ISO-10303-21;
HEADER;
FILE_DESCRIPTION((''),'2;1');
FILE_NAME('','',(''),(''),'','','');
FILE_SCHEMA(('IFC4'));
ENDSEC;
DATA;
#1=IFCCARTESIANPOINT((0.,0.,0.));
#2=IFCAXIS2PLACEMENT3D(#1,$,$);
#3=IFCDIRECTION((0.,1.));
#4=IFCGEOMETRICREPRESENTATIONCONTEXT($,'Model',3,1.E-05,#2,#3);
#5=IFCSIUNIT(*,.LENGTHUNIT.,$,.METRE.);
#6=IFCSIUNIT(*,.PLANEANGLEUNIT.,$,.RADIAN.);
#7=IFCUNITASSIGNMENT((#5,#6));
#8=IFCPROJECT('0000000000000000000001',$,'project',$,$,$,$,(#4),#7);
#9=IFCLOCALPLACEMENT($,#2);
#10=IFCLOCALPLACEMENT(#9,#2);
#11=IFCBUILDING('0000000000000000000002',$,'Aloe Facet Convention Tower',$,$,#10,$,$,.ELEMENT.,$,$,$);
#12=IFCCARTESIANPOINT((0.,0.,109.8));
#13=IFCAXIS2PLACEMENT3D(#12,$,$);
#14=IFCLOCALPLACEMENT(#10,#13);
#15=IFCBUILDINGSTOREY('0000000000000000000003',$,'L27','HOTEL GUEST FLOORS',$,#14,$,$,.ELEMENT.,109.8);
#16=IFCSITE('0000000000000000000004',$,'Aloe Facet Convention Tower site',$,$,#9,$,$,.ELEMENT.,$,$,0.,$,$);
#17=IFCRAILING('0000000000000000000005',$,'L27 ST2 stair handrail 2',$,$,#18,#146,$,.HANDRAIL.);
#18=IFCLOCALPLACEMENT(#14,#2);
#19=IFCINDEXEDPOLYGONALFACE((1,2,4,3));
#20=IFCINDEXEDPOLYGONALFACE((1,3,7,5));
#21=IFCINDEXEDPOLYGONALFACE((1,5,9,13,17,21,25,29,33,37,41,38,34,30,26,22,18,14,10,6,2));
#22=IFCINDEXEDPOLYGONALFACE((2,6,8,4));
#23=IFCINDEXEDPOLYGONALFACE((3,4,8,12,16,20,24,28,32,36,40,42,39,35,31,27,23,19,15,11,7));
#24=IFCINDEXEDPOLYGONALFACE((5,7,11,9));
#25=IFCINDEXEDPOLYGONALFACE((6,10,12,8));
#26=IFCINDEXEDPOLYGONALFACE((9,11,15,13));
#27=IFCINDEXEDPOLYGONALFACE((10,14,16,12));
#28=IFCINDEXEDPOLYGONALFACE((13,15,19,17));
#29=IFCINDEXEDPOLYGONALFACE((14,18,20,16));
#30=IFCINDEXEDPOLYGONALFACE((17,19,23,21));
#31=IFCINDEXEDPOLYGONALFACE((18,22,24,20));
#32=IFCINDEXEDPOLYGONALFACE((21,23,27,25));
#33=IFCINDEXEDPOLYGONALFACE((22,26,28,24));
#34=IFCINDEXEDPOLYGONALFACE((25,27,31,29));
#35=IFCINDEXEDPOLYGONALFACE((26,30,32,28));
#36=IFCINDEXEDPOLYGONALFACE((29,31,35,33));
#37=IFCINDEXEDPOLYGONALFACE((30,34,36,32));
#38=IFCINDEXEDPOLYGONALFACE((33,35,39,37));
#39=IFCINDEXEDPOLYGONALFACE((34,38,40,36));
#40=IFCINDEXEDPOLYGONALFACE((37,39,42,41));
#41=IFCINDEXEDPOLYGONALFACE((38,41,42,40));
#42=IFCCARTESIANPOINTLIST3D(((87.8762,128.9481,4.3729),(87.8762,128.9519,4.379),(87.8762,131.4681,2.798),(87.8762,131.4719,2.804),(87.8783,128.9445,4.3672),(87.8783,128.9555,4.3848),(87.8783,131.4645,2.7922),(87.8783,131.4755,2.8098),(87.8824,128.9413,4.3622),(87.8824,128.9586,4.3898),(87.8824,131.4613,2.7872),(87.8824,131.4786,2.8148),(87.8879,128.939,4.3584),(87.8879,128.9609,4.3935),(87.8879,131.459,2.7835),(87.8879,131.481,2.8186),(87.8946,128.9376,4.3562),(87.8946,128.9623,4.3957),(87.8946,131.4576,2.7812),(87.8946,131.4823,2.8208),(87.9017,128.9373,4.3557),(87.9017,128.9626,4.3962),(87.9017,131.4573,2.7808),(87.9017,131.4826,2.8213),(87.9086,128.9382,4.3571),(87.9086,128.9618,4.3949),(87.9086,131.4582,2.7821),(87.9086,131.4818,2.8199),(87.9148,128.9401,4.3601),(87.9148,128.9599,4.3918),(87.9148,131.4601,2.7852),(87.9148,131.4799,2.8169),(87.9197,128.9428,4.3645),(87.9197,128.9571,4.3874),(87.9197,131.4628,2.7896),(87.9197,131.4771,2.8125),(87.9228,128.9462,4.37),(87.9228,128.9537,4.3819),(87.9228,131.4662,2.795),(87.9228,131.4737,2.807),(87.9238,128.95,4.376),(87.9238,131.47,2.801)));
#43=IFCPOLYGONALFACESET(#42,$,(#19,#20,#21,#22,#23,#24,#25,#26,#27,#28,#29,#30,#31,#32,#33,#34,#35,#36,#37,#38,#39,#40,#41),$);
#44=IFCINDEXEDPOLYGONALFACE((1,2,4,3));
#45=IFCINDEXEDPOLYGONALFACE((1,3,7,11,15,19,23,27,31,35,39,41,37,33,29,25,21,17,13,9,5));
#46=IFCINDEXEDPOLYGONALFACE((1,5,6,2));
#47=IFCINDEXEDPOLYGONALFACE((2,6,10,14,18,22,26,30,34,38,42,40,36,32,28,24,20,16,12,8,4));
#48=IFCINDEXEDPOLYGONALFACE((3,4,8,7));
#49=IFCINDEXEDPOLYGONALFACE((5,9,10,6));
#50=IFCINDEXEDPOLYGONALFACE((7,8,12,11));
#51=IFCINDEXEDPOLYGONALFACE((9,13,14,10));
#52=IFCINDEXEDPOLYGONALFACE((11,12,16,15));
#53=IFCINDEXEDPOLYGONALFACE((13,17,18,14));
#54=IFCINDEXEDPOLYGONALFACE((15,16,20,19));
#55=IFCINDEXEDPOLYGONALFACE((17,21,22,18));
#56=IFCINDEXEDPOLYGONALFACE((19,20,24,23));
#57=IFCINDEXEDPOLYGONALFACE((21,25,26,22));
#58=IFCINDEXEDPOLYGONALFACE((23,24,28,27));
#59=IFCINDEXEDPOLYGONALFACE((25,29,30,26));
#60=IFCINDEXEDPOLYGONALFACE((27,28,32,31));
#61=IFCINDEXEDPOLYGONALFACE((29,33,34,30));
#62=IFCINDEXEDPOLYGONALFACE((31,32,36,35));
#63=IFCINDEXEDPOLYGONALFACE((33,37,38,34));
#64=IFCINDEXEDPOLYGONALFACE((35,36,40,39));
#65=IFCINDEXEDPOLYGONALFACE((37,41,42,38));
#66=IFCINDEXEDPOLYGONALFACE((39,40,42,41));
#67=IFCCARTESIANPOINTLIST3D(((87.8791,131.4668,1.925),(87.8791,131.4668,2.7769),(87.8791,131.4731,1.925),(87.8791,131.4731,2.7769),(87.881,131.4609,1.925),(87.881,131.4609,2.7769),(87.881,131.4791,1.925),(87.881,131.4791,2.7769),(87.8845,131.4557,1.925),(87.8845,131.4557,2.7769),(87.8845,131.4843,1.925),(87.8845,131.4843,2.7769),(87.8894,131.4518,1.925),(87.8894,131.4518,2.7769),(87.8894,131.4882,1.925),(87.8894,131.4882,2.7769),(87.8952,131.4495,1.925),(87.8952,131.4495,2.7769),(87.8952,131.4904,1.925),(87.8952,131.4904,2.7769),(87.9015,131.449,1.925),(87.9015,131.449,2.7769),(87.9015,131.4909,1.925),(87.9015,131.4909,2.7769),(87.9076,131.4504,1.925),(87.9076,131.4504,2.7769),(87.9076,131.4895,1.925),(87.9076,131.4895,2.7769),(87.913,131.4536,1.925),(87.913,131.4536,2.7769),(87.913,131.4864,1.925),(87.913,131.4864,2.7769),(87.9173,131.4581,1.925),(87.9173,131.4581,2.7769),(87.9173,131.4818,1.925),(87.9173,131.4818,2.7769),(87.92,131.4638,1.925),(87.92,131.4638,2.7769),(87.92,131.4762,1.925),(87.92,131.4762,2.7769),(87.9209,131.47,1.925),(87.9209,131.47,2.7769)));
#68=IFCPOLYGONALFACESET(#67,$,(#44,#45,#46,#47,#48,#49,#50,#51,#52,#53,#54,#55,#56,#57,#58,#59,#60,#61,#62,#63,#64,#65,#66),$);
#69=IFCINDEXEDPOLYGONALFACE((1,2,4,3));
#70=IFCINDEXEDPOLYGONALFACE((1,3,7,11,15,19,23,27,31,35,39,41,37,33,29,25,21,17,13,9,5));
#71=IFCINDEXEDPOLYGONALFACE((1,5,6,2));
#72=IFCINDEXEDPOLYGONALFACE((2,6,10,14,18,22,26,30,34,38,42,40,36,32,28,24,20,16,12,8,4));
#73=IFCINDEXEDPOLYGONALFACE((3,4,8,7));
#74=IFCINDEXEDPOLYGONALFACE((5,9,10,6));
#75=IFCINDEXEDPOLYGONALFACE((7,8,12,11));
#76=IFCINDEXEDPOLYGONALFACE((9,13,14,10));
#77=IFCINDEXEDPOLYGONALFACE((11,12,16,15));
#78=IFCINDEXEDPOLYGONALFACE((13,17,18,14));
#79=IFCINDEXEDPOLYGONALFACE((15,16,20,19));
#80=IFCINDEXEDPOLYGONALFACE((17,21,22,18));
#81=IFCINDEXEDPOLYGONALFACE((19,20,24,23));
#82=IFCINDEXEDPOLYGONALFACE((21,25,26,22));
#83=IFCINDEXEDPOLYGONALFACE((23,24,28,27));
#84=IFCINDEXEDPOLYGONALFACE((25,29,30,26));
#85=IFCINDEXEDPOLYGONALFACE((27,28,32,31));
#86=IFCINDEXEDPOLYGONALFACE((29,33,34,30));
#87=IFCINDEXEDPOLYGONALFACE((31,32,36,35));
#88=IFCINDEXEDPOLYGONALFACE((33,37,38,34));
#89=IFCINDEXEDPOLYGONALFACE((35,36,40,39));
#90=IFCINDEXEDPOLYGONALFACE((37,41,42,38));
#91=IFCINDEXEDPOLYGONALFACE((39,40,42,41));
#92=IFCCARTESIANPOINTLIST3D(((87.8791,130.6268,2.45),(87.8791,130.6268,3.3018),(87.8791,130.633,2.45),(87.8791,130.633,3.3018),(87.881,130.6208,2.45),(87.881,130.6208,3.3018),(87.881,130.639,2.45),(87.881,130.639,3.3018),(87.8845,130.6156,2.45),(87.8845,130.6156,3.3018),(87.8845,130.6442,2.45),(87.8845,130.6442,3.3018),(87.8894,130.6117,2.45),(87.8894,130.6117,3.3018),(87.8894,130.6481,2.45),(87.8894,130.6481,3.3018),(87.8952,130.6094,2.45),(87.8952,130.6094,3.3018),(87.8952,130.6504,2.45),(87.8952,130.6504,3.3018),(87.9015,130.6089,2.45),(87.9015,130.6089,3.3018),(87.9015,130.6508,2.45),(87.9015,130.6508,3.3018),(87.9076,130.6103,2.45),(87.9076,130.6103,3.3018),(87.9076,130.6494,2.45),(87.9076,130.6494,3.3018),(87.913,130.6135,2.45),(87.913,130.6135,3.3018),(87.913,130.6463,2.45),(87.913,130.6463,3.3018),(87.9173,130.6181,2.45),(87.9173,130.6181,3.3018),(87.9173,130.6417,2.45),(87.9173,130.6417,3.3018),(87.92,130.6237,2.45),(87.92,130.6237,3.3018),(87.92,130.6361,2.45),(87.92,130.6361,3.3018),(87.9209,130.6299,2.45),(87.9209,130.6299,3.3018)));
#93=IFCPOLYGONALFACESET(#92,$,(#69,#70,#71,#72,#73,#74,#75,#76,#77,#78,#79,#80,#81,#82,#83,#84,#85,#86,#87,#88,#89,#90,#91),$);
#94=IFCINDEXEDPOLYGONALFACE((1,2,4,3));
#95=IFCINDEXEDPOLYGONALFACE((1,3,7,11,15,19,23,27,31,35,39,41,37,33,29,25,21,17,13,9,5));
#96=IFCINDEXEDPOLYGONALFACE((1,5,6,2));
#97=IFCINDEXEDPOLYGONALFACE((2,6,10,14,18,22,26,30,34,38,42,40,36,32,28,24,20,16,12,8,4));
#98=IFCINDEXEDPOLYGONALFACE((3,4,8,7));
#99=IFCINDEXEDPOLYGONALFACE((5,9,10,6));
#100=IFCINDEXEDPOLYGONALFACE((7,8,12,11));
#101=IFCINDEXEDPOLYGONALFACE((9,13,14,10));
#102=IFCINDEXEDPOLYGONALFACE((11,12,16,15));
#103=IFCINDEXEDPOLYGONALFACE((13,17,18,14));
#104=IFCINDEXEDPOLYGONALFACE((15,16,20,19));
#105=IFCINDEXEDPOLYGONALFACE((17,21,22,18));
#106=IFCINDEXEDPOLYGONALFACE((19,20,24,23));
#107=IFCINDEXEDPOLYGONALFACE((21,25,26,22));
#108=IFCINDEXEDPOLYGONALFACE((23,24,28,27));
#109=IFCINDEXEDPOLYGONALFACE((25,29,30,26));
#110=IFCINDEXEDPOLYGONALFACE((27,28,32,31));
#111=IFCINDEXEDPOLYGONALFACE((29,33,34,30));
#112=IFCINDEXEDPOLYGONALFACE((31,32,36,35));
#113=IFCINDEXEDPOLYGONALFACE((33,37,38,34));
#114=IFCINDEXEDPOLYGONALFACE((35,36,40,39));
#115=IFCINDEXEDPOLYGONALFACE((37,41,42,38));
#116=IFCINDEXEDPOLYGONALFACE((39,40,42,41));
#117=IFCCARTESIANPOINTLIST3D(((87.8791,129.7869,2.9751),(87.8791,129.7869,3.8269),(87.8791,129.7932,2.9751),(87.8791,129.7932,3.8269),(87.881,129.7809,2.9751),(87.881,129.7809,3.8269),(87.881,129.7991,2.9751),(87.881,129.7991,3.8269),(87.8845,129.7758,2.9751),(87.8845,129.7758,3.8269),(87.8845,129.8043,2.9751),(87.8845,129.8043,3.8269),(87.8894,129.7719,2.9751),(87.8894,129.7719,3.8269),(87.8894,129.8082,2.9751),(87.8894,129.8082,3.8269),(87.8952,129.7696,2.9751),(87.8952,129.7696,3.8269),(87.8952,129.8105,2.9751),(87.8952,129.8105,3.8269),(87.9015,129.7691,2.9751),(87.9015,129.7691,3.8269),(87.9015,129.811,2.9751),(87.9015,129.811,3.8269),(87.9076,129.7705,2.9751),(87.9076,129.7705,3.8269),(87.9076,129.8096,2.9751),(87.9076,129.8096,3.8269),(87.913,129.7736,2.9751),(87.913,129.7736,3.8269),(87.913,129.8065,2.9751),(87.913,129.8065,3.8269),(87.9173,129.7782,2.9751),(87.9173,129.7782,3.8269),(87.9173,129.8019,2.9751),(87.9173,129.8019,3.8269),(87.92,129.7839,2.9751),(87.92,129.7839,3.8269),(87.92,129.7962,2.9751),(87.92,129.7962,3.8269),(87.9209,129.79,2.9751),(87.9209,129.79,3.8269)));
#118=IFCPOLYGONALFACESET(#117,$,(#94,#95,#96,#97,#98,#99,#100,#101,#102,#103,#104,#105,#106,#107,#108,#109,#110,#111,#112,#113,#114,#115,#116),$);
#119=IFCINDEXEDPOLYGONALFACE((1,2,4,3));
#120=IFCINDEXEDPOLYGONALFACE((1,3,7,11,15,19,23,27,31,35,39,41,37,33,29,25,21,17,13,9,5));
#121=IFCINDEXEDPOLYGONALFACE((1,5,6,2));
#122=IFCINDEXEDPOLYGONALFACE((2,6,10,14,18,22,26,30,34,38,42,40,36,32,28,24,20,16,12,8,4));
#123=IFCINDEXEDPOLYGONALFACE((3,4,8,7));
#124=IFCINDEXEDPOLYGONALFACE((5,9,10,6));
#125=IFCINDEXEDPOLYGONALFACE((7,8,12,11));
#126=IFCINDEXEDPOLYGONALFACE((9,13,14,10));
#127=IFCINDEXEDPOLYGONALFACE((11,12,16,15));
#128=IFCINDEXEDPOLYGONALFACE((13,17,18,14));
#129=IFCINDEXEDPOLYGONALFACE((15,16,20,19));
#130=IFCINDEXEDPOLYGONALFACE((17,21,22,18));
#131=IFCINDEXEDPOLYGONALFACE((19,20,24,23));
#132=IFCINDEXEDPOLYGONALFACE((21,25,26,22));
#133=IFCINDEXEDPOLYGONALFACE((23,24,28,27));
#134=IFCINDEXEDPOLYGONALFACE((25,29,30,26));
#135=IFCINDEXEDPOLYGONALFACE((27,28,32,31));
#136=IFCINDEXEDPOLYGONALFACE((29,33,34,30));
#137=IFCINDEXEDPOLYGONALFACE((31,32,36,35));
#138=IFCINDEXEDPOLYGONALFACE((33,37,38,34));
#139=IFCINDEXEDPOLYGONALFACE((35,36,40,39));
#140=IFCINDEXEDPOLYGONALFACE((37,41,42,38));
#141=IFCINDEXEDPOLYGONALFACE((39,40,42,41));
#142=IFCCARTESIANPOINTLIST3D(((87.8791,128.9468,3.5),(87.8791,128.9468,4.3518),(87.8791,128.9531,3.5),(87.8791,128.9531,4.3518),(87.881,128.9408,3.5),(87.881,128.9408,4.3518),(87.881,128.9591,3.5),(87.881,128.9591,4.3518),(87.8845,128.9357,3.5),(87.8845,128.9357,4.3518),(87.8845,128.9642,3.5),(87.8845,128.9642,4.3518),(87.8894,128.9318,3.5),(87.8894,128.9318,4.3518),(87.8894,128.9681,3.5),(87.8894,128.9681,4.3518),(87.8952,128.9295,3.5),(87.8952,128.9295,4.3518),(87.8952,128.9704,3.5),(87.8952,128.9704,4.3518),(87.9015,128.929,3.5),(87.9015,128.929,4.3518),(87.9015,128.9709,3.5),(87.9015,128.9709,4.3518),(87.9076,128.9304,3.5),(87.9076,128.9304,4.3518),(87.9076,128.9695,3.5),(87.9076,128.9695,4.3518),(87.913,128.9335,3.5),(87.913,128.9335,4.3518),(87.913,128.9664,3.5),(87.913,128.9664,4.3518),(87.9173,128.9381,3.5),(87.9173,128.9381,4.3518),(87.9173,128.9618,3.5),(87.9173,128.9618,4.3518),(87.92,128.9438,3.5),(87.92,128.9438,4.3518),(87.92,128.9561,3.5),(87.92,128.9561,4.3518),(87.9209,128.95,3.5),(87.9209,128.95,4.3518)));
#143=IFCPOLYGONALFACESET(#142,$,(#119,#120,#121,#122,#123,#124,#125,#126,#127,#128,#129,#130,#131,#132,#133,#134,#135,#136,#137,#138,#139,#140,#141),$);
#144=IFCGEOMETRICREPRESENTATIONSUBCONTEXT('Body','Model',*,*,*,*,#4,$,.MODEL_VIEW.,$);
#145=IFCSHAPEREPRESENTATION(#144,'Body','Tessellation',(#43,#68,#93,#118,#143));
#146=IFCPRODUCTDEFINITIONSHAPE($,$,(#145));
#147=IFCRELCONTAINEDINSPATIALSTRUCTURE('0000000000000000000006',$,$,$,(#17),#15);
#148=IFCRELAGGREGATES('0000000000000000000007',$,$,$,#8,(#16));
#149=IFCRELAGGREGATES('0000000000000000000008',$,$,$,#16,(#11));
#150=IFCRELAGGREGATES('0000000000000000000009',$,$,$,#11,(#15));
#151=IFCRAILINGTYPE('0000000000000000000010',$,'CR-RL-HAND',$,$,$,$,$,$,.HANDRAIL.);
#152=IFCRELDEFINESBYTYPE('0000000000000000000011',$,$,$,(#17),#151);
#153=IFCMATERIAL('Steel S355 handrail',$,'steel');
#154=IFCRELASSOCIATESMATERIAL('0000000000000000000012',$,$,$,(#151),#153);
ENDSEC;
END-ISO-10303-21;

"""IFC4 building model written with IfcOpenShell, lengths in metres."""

from ifc_helpers import new_model, si_unit, direction, frame, origin, origin_2d, place, context, subcontext, project, spatial, circle, extrude, material, type_object, element, save


model = new_model("IFC4")

# Units and contexts
model_context = context("Model", 3, precision=1e-05, world=origin(), true_north=direction((0.0, 1.0)))
body_context = subcontext(model_context, "Body", "Model", "MODEL_VIEW")
ifc_project = project(units=[si_unit("LENGTHUNIT", "METRE"), si_unit("PLANEANGLEUNIT", "RADIAN")], contexts=[model_context])

# Site, building, storey
site_placement = place(None, origin())
site = spatial("IfcSite", under=ifc_project, at=site_placement, Name="Aloe Facet Convention Tower site", CompositionType="ELEMENT", RefElevation=0.0)
building_placement = place(site_placement, origin())
building = spatial("IfcBuilding", under=site, at=building_placement, Name="Aloe Facet Convention Tower", CompositionType="ELEMENT")
storey_placement = place(building_placement, frame((0.0, 0.0, 109.8)))
storey = spatial("IfcBuildingStorey", under=building, at=storey_placement, Name="L27", Description="HOTEL GUEST FLOORS", CompositionType="ELEMENT", Elevation=109.8)

# Railing
ifc_material_1 = material(Name="Steel S355 handrail", Category="steel")
railing_type_1 = type_object("IfcRailingType", Name="CR-RL-HAND", PredefinedType="HANDRAIL", material=ifc_material_1)
railing_1_placement = place(storey_placement, frame((87.8999, 131.47, 1.925)))
element("IfcRailing", 1, at=railing_1_placement, inside=storey, type_object=railing_type_1, Name="L27 ST2 stair handrail 2", PredefinedType="HANDRAIL", context=body_context, shape_type="SweptSolid", body=[
    extrude(circle(Radius=0.0239, at=origin_2d()), frame((0.0, 0.0, 0.876), z_axis=(0.0, -0.848008, 0.529984), x_axis=(1.0, 0.0, 0.0)), (0.0, 0.0, 1.0), 2.9717),
    extrude(circle(Radius=0.021, at=origin_2d()), origin(), (0.0, 0.0, 1.0), 0.8518),
    extrude(circle(Radius=0.021, at=origin_2d()), frame((0.0, -0.8401, 0.5249)), (0.0, 0.0, 1.0), 0.8518),
    extrude(circle(Radius=0.021, at=origin_2d()), frame((0.0, -1.6799, 1.05)), (0.0, 0.0, 1.0), 0.8518),
    extrude(circle(Radius=0.021, at=origin_2d()), frame((0.0, -2.52, 1.575)), (0.0, 0.0, 1.0), 0.8518),
])

save(model, "model.ifc")
